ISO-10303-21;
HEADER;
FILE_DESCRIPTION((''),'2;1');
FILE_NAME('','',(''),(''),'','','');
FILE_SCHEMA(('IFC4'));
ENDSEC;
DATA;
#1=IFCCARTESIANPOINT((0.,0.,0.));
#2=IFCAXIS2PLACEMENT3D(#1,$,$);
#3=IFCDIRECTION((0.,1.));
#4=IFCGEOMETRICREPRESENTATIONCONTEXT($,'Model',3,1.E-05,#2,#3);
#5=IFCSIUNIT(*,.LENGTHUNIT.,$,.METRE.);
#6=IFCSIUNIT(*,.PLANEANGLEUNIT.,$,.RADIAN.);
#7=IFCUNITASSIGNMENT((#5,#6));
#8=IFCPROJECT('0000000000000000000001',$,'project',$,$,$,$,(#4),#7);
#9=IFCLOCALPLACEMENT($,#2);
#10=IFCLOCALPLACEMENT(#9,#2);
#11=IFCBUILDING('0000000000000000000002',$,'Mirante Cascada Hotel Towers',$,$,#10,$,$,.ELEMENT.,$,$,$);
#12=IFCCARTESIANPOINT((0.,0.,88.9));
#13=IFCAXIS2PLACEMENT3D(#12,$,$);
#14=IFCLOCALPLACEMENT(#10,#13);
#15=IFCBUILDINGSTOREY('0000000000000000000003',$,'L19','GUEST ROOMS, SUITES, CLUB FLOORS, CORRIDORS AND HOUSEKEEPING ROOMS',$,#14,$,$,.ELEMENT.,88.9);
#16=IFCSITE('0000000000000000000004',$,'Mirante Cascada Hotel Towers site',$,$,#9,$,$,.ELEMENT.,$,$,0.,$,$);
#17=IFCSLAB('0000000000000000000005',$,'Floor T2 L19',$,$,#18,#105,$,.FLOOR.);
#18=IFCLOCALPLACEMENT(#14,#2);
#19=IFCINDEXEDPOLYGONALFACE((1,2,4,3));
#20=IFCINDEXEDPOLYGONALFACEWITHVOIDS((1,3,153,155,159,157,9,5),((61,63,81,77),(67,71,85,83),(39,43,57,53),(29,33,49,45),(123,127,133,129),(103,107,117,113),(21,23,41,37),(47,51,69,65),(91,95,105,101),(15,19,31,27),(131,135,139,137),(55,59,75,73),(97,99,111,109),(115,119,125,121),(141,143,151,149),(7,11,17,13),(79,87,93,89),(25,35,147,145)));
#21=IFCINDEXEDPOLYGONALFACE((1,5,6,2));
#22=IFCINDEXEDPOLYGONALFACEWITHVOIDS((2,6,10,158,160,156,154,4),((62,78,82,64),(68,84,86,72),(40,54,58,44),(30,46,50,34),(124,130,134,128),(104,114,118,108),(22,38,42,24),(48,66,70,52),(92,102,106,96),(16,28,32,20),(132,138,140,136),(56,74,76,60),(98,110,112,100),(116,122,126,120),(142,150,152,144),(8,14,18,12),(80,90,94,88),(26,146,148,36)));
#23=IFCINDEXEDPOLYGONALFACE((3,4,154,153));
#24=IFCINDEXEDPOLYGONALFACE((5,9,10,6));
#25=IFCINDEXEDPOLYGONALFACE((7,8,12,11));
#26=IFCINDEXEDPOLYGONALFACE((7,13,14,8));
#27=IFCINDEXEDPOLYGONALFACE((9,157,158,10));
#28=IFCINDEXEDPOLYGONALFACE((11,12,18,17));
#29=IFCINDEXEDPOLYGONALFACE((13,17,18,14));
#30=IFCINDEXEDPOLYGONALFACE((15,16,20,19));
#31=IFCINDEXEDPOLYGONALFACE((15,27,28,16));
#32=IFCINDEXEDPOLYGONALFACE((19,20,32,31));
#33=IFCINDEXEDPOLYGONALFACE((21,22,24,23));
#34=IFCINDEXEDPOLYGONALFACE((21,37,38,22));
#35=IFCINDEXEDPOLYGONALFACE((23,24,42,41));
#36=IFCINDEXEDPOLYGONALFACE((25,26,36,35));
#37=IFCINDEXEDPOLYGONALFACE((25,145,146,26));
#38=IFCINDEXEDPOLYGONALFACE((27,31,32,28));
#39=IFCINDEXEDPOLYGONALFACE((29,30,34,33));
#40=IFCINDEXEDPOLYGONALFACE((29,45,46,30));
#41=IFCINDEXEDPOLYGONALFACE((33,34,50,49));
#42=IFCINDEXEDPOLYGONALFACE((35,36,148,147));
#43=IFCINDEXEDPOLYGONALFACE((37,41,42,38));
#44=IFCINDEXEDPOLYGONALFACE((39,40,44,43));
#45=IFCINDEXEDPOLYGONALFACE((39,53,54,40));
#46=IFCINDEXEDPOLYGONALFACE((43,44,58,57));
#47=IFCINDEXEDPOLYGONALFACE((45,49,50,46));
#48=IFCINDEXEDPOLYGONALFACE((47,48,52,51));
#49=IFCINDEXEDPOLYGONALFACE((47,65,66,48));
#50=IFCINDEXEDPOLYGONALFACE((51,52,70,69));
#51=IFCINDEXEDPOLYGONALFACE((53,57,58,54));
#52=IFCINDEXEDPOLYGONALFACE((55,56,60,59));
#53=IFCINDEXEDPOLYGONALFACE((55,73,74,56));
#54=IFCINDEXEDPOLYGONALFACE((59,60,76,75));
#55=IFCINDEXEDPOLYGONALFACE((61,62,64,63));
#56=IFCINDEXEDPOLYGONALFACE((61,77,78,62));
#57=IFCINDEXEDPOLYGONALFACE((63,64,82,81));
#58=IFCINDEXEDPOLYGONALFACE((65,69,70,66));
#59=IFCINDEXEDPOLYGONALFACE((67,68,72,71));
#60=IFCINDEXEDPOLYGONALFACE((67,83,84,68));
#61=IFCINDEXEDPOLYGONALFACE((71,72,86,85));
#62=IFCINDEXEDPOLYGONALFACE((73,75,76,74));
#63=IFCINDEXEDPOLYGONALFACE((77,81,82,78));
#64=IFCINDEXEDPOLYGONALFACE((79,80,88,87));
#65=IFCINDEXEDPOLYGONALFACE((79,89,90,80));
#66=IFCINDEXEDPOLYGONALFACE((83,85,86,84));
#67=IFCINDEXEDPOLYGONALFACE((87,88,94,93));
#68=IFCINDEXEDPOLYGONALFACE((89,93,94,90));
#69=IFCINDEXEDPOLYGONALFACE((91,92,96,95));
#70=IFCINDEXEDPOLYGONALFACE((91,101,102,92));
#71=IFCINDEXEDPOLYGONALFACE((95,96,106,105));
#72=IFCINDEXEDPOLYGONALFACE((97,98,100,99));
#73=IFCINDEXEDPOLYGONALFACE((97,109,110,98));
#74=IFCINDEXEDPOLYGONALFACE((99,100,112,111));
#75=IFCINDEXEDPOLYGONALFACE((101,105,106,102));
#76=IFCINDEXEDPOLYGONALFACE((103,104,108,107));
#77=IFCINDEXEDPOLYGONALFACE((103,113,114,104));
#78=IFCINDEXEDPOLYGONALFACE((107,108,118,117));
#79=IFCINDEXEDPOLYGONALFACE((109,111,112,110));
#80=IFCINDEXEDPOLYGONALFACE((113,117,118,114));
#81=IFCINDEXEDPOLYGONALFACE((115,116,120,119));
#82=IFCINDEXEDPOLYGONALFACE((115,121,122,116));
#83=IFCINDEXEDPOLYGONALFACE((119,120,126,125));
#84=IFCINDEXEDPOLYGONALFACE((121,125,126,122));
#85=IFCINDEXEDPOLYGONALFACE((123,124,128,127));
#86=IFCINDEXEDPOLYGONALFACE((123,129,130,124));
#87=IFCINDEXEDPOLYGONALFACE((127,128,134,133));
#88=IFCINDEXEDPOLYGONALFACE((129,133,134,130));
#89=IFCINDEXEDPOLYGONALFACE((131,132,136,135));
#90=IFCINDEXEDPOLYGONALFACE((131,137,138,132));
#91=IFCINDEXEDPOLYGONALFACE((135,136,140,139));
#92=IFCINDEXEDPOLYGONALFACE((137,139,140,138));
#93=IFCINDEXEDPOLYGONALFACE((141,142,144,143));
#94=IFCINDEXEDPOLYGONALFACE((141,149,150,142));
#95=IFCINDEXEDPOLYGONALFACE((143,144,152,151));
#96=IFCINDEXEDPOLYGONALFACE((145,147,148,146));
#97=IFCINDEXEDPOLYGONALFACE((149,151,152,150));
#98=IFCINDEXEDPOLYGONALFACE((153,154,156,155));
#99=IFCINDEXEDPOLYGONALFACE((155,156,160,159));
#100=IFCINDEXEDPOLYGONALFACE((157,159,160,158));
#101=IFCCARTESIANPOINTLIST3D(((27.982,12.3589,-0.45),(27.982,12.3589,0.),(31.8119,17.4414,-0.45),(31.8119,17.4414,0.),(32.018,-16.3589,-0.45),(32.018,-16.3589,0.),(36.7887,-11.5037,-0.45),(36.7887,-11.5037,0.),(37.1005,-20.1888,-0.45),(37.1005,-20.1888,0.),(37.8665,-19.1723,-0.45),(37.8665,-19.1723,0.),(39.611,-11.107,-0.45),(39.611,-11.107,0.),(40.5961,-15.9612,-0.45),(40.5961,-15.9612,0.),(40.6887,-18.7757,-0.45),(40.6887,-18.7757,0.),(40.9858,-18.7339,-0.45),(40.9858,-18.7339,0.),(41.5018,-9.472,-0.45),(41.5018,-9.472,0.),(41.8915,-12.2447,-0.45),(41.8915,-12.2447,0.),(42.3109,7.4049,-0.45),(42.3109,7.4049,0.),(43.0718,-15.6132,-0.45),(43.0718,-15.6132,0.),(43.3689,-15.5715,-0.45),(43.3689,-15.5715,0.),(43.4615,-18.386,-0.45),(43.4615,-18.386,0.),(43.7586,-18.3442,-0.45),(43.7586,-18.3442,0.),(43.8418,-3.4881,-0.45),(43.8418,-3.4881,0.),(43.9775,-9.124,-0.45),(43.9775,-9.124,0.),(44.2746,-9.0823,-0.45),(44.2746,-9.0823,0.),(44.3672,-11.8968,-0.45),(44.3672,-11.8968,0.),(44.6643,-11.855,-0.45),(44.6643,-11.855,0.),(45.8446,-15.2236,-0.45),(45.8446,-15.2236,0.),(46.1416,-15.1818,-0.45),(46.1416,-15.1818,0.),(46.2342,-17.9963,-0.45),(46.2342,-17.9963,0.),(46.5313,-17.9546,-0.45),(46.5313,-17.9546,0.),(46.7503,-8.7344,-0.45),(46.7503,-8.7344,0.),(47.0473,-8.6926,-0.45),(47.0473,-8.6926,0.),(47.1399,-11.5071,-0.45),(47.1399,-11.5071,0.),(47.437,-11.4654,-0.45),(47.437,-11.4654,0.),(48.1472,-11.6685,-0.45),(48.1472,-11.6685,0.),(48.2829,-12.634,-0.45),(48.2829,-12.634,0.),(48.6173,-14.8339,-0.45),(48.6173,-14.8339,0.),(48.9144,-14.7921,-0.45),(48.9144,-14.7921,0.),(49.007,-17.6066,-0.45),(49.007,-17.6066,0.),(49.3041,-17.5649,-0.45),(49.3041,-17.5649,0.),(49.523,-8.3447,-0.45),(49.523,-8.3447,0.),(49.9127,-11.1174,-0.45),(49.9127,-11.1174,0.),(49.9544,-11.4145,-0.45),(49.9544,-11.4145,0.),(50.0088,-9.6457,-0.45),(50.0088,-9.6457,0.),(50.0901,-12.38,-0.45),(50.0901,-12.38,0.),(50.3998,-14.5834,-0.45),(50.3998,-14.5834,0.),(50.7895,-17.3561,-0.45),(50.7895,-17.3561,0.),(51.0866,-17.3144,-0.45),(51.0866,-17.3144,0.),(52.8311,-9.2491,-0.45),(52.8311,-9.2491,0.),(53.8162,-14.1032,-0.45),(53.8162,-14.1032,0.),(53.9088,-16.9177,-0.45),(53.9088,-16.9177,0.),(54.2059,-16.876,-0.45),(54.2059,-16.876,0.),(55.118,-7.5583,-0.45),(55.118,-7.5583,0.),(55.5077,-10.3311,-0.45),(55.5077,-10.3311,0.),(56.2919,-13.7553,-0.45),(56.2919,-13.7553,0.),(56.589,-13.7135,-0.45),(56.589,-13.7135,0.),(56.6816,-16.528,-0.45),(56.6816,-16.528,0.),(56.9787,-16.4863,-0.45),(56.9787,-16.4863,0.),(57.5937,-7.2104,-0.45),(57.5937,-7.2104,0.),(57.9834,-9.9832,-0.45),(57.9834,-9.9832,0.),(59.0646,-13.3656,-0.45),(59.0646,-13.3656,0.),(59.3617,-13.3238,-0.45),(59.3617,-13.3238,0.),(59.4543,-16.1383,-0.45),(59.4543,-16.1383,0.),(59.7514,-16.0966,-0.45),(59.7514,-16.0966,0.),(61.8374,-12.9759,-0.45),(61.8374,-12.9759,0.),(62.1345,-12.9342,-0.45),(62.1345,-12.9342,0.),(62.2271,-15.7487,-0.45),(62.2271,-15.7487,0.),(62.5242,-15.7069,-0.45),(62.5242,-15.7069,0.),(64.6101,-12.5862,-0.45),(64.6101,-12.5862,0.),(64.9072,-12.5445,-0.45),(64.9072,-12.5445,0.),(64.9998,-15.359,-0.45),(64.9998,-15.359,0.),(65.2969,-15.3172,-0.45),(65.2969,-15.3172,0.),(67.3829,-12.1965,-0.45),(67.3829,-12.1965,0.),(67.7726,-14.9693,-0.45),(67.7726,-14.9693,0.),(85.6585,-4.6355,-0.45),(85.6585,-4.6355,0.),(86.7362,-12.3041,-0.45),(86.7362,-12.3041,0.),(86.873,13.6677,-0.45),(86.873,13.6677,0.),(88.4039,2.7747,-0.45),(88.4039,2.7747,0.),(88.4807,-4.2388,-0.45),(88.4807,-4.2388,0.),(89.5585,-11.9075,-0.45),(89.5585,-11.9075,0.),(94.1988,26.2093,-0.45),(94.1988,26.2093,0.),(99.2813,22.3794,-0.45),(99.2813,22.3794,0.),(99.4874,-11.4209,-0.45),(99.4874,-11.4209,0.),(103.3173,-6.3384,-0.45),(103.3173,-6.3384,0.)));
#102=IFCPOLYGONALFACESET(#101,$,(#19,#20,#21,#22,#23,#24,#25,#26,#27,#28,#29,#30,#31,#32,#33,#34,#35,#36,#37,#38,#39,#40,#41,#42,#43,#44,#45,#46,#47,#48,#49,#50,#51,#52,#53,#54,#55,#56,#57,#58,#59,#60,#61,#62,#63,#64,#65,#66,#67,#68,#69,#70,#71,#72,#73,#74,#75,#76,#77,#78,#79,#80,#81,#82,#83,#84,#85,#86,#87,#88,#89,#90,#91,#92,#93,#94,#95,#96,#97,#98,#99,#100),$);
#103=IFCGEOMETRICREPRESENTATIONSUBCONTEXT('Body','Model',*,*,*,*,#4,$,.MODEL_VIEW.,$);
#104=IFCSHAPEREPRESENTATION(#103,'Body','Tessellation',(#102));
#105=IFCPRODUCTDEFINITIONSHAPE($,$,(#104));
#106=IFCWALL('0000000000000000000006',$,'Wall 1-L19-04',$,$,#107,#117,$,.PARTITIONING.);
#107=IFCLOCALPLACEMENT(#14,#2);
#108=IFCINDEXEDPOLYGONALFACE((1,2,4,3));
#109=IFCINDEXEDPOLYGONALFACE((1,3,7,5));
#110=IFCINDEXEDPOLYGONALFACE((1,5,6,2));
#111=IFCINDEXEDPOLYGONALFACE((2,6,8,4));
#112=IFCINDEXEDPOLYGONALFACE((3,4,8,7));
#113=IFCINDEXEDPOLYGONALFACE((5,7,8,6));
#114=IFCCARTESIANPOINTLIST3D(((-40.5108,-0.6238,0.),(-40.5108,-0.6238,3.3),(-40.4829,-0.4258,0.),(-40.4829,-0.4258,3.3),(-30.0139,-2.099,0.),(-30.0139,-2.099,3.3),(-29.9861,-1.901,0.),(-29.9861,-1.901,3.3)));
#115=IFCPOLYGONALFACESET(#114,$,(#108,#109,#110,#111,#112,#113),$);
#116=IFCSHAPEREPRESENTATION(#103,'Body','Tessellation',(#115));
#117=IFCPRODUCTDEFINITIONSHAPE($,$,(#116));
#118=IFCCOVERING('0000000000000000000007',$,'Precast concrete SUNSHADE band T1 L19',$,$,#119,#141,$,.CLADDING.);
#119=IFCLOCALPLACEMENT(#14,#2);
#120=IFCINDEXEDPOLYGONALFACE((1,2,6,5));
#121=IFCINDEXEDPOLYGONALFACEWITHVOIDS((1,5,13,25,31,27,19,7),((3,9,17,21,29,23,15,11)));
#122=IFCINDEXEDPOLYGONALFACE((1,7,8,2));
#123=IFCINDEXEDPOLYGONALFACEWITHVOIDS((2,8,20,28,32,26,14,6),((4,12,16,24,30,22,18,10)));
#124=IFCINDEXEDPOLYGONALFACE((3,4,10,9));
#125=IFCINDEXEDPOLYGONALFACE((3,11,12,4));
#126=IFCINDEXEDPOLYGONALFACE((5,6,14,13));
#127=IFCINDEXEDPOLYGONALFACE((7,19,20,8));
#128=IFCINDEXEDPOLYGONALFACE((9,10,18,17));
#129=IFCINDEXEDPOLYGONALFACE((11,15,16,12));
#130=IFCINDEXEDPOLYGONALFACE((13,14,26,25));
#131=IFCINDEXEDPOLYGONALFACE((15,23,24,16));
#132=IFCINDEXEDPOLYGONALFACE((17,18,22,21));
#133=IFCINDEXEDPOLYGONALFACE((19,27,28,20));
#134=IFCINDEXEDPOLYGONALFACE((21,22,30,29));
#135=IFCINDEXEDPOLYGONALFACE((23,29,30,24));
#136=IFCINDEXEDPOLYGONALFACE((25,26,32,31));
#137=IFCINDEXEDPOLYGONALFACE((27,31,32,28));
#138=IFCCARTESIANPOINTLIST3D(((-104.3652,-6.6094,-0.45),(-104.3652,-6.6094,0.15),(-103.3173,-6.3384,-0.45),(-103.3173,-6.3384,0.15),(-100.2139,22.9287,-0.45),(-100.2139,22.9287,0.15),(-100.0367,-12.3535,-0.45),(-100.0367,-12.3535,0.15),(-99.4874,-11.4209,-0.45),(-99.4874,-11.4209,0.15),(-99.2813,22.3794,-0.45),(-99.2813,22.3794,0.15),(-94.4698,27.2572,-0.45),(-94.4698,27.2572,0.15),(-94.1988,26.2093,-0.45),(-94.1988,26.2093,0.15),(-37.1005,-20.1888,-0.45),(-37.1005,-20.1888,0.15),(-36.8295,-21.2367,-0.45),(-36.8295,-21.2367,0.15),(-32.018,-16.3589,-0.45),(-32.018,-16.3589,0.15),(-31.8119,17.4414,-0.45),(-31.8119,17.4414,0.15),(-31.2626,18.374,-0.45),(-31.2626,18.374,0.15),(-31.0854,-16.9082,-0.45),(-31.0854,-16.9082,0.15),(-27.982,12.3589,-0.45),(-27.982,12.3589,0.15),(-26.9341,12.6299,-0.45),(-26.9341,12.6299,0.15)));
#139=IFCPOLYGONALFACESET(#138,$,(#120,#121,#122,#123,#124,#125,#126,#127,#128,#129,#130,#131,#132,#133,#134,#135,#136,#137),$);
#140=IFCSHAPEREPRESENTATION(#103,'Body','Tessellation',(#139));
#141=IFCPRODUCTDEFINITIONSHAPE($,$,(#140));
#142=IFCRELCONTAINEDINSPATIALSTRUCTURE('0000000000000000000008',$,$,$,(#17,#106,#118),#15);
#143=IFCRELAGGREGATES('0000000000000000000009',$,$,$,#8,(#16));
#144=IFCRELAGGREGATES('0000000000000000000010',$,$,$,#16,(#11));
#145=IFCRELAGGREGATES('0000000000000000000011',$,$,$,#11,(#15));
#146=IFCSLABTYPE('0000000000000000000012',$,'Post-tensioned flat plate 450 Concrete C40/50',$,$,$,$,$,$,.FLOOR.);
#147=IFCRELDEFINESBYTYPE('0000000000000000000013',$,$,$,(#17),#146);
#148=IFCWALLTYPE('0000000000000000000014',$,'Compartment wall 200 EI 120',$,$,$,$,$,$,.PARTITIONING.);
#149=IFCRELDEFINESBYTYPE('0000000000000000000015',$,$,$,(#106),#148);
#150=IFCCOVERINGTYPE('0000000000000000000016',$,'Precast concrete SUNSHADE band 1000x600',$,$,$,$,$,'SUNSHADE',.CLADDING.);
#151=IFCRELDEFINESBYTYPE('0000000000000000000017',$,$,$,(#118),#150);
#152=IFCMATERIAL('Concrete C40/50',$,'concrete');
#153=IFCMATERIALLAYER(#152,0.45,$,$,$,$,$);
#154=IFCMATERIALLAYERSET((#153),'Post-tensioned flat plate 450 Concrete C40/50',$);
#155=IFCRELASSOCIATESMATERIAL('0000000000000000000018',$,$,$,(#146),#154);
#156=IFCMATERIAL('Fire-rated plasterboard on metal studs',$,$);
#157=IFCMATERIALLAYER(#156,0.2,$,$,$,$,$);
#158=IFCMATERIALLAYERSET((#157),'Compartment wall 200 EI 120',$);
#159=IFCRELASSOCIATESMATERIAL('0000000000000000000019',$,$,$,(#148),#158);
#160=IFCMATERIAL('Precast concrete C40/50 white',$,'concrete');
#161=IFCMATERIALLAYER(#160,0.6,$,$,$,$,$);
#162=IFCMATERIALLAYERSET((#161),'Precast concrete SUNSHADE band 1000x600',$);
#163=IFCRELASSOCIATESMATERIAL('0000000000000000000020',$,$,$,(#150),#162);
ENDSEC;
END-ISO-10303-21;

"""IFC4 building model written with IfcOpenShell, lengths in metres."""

from ifc_helpers import new_model, si_unit, direction, frame, frame_2d, origin, place, context, subcontext, project, spatial, polyline, rectangle, outline, extrude, material, layer, layer_set, type_object, element, save


model = new_model("IFC4")

# Units and contexts
model_context = context("Model", 3, precision=1e-05, world=origin(), true_north=direction((0.0, 1.0)))
body_context = subcontext(model_context, "Body", "Model", "MODEL_VIEW")
ifc_project = project(units=[si_unit("LENGTHUNIT", "METRE"), si_unit("PLANEANGLEUNIT", "RADIAN")], contexts=[model_context])

# Site, building, storey
site_placement = place(None, origin())
site = spatial("IfcSite", under=ifc_project, at=site_placement, Name="Mirante Cascada Hotel Towers site", CompositionType="ELEMENT", RefElevation=0.0)
building_placement = place(site_placement, origin())
building = spatial("IfcBuilding", under=site, at=building_placement, Name="Mirante Cascada Hotel Towers", CompositionType="ELEMENT")
storey_placement = place(building_placement, frame((0.0, 0.0, 88.9)))
storey = spatial("IfcBuildingStorey", under=building, at=storey_placement, Name="L19", Description="GUEST ROOMS, SUITES, CLUB FLOORS, CORRIDORS AND HOUSEKEEPING ROOMS", CompositionType="ELEMENT", Elevation=88.9)

# Slab
ifc_material_1 = material(Name="Concrete C40/50", Category="concrete")
ifc_layer_1 = layer(ifc_material_1, 0.45)
ifc_layer_set_1 = layer_set([ifc_layer_1], Name="Post-tensioned flat plate 450 Concrete C40/50")
slab_type = type_object("IfcSlabType", Name="Post-tensioned flat plate 450 Concrete C40/50", PredefinedType="FLOOR", material=ifc_layer_set_1)
slab_1_placement = place(storey_placement, frame((0.0, 0.0, -0.45)))
element("IfcSlab", 1, at=slab_1_placement, inside=storey, type_object=slab_type, Name="Floor T2 L19", PredefinedType="FLOOR", context=body_context, shape_type="SweptSolid", body=[
    extrude(outline(polyline([(32.018, -16.3589), (27.982, 12.3589), (31.8119, 17.4414), (94.1988, 26.2093), (99.2813, 22.3794), (103.3173, -6.3384), (99.4874, -11.4209), (37.1005, -20.1888), (32.018, -16.3589)]), holes=[polyline([(43.0718, -15.6132), (40.5961, -15.9612), (40.9858, -18.7339), (43.4615, -18.386), (43.0718, -15.6132)]), polyline([(45.8446, -15.2236), (43.3689, -15.5715), (43.7586, -18.3442), (46.2342, -17.9963), (45.8446, -15.2236)]), polyline([(48.6173, -14.8339), (46.1416, -15.1818), (46.5313, -17.9546), (49.007, -17.6066), (48.6173, -14.8339)]), polyline([(50.3998, -14.5834), (48.9144, -14.7921), (49.3041, -17.5649), (50.7895, -17.3561), (50.3998, -14.5834)]), polyline([(37.8665, -19.1723), (40.6887, -18.7757), (39.611, -11.107), (36.7887, -11.5037), (37.8665, -19.1723)]), polyline([(49.9544, -11.4145), (48.1472, -11.6685), (48.2829, -12.634), (50.0901, -12.38), (49.9544, -11.4145)]), polyline([(43.9775, -9.124), (41.5018, -9.472), (41.8915, -12.2447), (44.3672, -11.8968), (43.9775, -9.124)]), polyline([(47.1399, -11.5071), (46.7503, -8.7344), (44.2746, -9.0823), (44.6643, -11.855), (47.1399, -11.5071)]), polyline([(49.9127, -11.1174), (49.523, -8.3447), (47.0473, -8.6926), (47.437, -11.4654), (49.9127, -11.1174)]), polyline([(56.2919, -13.7553), (53.8162, -14.1032), (54.2059, -16.876), (56.6816, -16.528), (56.2919, -13.7553)]), polyline([(59.0646, -13.3656), (56.589, -13.7135), (56.9787, -16.4863), (59.4543, -16.1383), (59.0646, -13.3656)]), polyline([(61.8374, -12.9759), (59.3617, -13.3238), (59.7514, -16.0966), (62.2271, -15.7487), (61.8374, -12.9759)]), polyline([(64.6101, -12.5862), (62.1345, -12.9342), (62.5242, -15.7069), (64.9998, -15.359), (64.6101, -12.5862)]), polyline([(67.3829, -12.1965), (64.9072, -12.5445), (65.2969, -15.3172), (67.7726, -14.9693), (67.3829, -12.1965)]), polyline([(51.0866, -17.3144), (53.9088, -16.9177), (52.8311, -9.2491), (50.0088, -9.6457), (51.0866, -17.3144)]), polyline([(86.7362, -12.3041), (89.5585, -11.9075), (88.4807, -4.2388), (85.6585, -4.6355), (86.7362, -12.3041)]), polyline([(57.9834, -9.9832), (57.5937, -7.2104), (55.118, -7.5583), (55.5077, -10.3311), (57.9834, -9.9832)]), polyline([(88.4039, 2.7747), (86.873, 13.6677), (42.3109, 7.4049), (43.8418, -3.4881), (88.4039, 2.7747)])]), origin(), (0.0, 0.0, 1.0), 0.45),
])

# Wall
ifc_material_2 = material(Name="Fire-rated plasterboard on metal studs")
ifc_layer_2 = layer(ifc_material_2, 0.2)
ifc_layer_set_2 = layer_set([ifc_layer_2], Name="Compartment wall 200 EI 120")
wall_type = type_object("IfcWallType", Name="Compartment wall 200 EI 120", PredefinedType="PARTITIONING", material=ifc_layer_set_2)
wall_placement = place(storey_placement, frame((-30.0, -2.0, 0.0), z_axis=(0.0, 0.0, 1.0), x_axis=(-0.990268, 0.13917, 0.0)))
element("IfcWall", 2, at=wall_placement, inside=storey, type_object=wall_type, Name="Wall 1-L19-04", PredefinedType="PARTITIONING", context=body_context, shape_type="SweptSolid", body=[
    extrude(rectangle(XDim=10.6, YDim=0.2, at=frame_2d((5.3, 0.0))), origin(), (0.0, 0.0, 1.0), 3.3),
])

# Covering
ifc_material_3 = material(Name="Precast concrete C40/50 white", Category="concrete")
ifc_layer_3 = layer(ifc_material_3, 0.6)
ifc_layer_set_3 = layer_set([ifc_layer_3], Name="Precast concrete SUNSHADE band 1000x600")
covering_type = type_object("IfcCoveringType", Name="Precast concrete SUNSHADE band 1000x600", ElementType="SUNSHADE", PredefinedType="CLADDING", material=ifc_layer_set_3)
covering_placement = place(storey_placement, frame((0.0, 0.0, -0.45)))
element("IfcCovering", 3, at=covering_placement, inside=storey, type_object=covering_type, Name="Precast concrete SUNSHADE band T1 L19", PredefinedType="CLADDING", context=body_context, shape_type="SweptSolid", body=[
    extrude(outline(polyline([(-104.3652, -6.6094), (-100.2139, 22.9287), (-94.4698, 27.2572), (-31.2626, 18.374), (-26.9341, 12.6299), (-31.0854, -16.9082), (-36.8295, -21.2367), (-100.0367, -12.3535), (-104.3652, -6.6094)]), holes=[polyline([(-27.982, 12.3589), (-31.8119, 17.4414), (-94.1988, 26.2093), (-99.2813, 22.3794), (-103.3173, -6.3384), (-99.4874, -11.4209), (-37.1005, -20.1888), (-32.018, -16.3589), (-27.982, 12.3589)])]), origin(), (0.0, 0.0, 1.0), 0.6),
])

save(model, "model.ifc")
